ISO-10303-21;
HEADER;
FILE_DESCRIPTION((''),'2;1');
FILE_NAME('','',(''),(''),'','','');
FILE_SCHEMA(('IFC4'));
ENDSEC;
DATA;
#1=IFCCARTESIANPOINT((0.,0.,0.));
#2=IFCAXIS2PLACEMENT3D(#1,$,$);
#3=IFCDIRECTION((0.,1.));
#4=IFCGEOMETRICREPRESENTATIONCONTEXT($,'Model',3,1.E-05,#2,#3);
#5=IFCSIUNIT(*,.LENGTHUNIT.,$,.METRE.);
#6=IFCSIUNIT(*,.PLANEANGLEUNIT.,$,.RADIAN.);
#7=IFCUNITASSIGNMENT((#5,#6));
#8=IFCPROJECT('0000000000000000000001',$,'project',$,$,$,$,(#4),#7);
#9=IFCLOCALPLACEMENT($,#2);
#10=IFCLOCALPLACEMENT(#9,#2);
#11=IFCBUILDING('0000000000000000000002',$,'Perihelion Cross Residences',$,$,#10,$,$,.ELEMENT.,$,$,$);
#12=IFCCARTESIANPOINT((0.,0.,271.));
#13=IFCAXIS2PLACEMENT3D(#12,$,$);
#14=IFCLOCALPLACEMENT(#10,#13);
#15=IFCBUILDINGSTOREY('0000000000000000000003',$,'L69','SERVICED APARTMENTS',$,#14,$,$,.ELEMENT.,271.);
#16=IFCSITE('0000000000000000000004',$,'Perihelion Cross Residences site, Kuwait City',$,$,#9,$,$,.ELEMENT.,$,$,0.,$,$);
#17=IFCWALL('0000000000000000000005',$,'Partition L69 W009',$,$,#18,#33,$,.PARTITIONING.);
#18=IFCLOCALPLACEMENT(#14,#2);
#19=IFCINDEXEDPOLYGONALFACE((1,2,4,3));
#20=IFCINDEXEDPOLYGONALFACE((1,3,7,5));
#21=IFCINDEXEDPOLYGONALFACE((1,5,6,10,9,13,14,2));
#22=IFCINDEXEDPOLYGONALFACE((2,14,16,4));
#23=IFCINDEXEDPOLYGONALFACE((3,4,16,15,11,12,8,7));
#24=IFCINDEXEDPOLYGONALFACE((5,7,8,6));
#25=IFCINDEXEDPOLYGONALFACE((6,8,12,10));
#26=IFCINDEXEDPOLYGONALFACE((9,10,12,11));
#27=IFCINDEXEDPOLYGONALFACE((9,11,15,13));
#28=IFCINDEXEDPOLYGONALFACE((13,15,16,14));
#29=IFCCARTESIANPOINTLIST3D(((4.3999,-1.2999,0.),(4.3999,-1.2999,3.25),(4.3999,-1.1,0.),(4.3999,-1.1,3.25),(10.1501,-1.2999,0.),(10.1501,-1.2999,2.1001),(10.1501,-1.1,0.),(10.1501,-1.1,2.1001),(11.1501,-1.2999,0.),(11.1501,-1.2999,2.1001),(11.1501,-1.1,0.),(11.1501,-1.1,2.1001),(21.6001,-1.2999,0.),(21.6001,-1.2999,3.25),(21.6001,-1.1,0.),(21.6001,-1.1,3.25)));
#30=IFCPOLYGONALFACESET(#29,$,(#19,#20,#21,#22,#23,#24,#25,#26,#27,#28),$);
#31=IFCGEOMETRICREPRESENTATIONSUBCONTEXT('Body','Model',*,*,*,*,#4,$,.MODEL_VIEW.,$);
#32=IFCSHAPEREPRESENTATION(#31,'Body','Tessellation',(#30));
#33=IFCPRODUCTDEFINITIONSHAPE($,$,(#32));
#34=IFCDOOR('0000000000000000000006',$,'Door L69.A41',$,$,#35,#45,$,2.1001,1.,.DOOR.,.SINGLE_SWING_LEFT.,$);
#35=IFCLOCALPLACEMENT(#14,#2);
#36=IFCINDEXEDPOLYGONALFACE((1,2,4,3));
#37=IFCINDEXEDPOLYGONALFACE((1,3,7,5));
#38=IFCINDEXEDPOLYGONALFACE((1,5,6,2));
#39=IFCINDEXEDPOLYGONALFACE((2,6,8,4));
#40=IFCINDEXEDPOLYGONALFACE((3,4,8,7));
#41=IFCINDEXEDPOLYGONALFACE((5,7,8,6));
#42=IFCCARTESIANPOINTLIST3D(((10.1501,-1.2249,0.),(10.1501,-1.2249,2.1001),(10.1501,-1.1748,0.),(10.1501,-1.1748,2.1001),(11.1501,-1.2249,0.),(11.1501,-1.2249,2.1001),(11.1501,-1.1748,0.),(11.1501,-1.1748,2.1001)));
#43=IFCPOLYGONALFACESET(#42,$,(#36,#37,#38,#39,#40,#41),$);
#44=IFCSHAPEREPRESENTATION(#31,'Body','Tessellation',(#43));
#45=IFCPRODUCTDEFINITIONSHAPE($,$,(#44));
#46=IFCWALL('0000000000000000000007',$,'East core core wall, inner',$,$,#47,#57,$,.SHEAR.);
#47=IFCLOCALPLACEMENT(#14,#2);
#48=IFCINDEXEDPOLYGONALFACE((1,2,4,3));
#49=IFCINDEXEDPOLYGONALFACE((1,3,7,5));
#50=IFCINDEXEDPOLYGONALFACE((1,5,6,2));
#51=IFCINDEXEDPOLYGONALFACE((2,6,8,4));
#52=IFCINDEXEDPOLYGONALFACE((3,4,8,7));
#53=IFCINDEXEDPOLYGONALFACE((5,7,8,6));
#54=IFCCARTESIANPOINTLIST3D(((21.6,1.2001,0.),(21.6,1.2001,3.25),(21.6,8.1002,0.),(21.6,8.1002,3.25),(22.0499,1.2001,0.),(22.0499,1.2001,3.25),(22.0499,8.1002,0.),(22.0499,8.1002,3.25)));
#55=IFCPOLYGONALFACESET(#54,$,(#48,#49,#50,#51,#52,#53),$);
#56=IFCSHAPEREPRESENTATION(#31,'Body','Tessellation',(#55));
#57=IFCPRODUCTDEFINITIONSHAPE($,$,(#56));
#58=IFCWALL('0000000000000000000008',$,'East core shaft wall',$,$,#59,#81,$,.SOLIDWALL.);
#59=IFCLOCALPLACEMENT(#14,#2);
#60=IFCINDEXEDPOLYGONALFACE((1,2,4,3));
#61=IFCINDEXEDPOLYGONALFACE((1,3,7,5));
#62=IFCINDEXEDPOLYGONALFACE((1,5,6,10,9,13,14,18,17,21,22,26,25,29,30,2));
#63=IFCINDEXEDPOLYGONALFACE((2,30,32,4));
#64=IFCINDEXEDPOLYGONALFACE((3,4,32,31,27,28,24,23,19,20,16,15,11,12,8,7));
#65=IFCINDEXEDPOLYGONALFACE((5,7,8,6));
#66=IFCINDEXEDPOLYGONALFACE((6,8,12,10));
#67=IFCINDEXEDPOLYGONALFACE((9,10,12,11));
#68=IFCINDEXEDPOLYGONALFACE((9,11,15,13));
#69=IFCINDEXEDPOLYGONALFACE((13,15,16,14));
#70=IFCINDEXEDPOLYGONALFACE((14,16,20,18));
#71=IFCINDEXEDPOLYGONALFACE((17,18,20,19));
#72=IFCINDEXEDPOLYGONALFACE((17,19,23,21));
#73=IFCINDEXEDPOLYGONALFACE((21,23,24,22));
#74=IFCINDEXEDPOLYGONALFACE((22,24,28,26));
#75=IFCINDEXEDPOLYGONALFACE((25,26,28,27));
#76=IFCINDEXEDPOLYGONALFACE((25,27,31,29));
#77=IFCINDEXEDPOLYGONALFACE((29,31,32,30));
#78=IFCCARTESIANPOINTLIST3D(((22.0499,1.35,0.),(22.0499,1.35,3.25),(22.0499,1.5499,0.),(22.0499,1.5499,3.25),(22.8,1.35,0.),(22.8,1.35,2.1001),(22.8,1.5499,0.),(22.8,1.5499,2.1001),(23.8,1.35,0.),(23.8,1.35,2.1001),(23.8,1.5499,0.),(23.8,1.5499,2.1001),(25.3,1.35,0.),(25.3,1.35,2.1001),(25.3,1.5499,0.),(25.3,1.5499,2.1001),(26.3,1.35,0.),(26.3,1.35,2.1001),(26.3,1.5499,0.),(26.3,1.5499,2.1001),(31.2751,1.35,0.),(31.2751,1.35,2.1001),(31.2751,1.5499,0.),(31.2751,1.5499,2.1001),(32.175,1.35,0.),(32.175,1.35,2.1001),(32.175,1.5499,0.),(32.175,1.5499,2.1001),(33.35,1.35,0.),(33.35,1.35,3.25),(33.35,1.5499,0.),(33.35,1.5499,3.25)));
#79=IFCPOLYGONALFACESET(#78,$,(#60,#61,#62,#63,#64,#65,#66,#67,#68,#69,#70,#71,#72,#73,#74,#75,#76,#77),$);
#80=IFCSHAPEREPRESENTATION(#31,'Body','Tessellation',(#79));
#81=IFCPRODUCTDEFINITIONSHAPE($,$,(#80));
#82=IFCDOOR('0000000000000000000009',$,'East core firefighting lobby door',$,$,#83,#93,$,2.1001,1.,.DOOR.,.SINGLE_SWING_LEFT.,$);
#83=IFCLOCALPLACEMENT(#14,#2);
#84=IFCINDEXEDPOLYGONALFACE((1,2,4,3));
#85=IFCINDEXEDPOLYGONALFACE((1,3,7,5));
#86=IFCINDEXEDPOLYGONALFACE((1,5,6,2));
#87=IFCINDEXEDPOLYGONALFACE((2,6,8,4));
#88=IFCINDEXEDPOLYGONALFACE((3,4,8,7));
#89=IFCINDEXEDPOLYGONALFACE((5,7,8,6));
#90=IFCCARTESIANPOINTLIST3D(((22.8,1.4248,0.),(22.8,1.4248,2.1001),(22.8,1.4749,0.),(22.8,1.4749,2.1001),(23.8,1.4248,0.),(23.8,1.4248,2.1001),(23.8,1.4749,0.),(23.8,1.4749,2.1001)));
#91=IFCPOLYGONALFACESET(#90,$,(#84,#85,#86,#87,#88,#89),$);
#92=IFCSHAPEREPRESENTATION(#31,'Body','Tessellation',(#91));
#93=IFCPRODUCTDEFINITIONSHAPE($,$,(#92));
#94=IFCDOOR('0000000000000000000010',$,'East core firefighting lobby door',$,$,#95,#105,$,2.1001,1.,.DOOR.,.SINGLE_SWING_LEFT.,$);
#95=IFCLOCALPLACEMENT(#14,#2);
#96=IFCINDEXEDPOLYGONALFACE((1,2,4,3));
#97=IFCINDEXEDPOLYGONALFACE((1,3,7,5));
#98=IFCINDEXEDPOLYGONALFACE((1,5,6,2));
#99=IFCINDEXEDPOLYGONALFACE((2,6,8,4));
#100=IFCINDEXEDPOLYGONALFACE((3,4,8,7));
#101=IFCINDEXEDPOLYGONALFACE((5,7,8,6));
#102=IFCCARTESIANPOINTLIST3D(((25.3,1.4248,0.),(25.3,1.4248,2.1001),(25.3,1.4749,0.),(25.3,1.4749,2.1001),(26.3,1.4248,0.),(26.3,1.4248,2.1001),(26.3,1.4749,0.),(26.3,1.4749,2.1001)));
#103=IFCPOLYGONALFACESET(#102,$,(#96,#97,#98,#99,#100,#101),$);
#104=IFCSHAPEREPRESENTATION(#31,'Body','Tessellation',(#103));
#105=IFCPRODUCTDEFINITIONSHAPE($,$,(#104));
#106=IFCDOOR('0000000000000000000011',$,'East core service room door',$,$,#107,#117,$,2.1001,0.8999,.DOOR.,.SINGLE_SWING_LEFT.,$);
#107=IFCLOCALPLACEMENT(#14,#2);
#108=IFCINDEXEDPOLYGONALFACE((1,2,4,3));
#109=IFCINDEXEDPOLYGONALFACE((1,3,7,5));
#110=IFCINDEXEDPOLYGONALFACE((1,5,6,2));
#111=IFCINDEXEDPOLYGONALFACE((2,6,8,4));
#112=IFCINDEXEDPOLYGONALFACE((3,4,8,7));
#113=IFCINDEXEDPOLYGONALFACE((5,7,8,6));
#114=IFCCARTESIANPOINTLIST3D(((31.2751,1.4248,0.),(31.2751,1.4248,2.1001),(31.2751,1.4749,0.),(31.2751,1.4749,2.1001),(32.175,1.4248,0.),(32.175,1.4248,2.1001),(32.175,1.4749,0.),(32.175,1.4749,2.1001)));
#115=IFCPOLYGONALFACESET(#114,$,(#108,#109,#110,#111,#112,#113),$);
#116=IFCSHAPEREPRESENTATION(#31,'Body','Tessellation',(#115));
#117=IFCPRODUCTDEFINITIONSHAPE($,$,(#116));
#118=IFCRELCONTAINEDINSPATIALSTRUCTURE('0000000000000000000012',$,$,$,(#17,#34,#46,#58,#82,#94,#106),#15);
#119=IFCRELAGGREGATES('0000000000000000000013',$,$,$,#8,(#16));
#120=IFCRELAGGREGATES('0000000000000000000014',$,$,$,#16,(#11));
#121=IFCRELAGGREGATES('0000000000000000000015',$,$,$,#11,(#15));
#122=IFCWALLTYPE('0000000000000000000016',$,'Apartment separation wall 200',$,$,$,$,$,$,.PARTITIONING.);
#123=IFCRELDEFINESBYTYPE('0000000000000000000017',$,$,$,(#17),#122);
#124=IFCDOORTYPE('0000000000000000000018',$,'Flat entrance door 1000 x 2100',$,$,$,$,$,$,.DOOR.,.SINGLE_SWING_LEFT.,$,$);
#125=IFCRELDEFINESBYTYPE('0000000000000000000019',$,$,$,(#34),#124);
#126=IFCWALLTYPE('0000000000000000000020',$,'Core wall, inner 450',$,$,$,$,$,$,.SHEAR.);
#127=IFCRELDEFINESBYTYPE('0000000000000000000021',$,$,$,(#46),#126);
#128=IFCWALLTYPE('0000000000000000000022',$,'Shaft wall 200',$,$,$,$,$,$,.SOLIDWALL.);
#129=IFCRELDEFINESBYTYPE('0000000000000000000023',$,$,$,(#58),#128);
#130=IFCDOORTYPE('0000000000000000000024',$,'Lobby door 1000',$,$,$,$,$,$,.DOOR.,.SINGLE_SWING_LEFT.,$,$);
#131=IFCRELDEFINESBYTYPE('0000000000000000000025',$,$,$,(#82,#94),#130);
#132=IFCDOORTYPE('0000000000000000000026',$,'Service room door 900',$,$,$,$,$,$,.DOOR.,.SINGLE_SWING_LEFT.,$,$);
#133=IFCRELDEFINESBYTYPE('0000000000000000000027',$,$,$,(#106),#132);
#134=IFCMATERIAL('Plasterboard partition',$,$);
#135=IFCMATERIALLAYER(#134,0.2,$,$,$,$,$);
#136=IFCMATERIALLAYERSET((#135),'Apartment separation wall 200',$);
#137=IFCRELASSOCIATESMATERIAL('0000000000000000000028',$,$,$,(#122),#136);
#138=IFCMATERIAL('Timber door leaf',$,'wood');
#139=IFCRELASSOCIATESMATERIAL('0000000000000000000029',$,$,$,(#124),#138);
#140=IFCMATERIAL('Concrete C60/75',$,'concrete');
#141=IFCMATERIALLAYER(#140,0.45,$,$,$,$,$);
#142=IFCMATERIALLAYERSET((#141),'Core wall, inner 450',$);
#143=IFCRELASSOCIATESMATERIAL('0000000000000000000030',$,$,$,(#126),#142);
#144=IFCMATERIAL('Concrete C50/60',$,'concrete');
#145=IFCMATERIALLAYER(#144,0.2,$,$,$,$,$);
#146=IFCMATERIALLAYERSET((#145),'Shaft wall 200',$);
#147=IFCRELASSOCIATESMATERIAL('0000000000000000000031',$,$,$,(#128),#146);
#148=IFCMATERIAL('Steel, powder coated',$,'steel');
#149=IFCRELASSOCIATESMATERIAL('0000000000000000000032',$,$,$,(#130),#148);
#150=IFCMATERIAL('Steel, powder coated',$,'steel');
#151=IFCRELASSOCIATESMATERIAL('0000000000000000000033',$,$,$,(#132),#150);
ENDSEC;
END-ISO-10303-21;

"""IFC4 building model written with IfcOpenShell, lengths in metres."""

from ifc_helpers import new_model, si_unit, direction, frame, frame_2d, origin, place, context, subcontext, project, spatial, rectangle, extrude, material, layer, layer_set, type_object, element, fill, save


model = new_model("IFC4")

# Units and contexts
model_context = context("Model", 3, precision=1e-05, world=origin(), true_north=direction((0.0, 1.0)))
body_context = subcontext(model_context, "Body", "Model", "MODEL_VIEW")
ifc_project = project(units=[si_unit("LENGTHUNIT", "METRE"), si_unit("PLANEANGLEUNIT", "RADIAN")], contexts=[model_context])

# Site, building, storey
site_placement = place(None, origin())
site = spatial("IfcSite", under=ifc_project, at=site_placement, Name="Perihelion Cross Residences site, Kuwait City", CompositionType="ELEMENT", RefElevation=0.0)
building_placement = place(site_placement, origin())
building = spatial("IfcBuilding", under=site, at=building_placement, Name="Perihelion Cross Residences", CompositionType="ELEMENT")
storey_placement = place(building_placement, frame((0.0, 0.0, 271.0)))
storey = spatial("IfcBuildingStorey", under=building, at=storey_placement, Name="L69", Description="SERVICED APARTMENTS", CompositionType="ELEMENT", Elevation=271.0)

# Wall, opening, door
ifc_material_1 = material(Name="Plasterboard partition")
ifc_layer_1 = layer(ifc_material_1, 0.2)
ifc_layer_set_1 = layer_set([ifc_layer_1], Name="Apartment separation wall 200")
wall_type_1 = type_object("IfcWallType", Name="Apartment separation wall 200", PredefinedType="PARTITIONING", material=ifc_layer_set_1)
wall_1_placement = place(storey_placement, frame((21.6001, -1.2, 0.0), z_axis=(0.0, 0.0, 1.0), x_axis=(-1.0, 0.0, 0.0)))
wall_1 = element("IfcWall", 1, at=wall_1_placement, inside=storey, type_object=wall_type_1, Name="Partition L69 W009", PredefinedType="PARTITIONING", context=body_context, shape_type="SweptSolid", body=[
    extrude(rectangle(XDim=17.2002, YDim=0.2, at=frame_2d((8.6001, 0.0))), origin(), (0.0, 0.0, 1.0), 3.25),
])
opening_1_placement = place(wall_1_placement, frame((10.45, 0.0, 0.0)))
opening_1 = element("IfcOpeningElement", 2, at=opening_1_placement, cuts=wall_1, PredefinedType="OPENING", context=body_context, shape_type="SweptSolid", body=[
    extrude(rectangle(XDim=1.0, YDim=2.1001, at=frame_2d((0.5, 1.05))), frame((0.0, 0.1099, 0.0), z_axis=(0.0, -1.0, 0.0), x_axis=(1.0, 0.0, 0.0)), (0.0, 0.0, 1.0), 0.22),
])
ifc_material_2 = material(Name="Timber door leaf", Category="wood")
door_type_1 = type_object("IfcDoorType", Name="Flat entrance door 1000 x 2100", OperationType="SINGLE_SWING_LEFT", PredefinedType="DOOR", material=ifc_material_2)
door_1_placement = place(opening_1_placement, origin())
door_1 = element("IfcDoor", 3, at=door_1_placement, inside=storey, type_object=door_type_1, Name="Door L69.A41", OperationType="SINGLE_SWING_LEFT", OverallHeight=2.1001, OverallWidth=1.0, PredefinedType="DOOR", context=body_context, shape_type="SweptSolid", body=[
    extrude(rectangle(XDim=1.0, YDim=2.1001, at=frame_2d((0.5, 1.05))), frame((0.0, 0.0249, 0.0), z_axis=(0.0, -1.0, 0.0), x_axis=(1.0, 0.0, 0.0)), (0.0, 0.0, 1.0), 0.05),
])
fill(opening_1, door_1)

# Wall
ifc_material_3 = material(Name="Concrete C60/75", Category="concrete")
ifc_layer_2 = layer(ifc_material_3, 0.45)
ifc_layer_set_2 = layer_set([ifc_layer_2], Name="Core wall, inner 450")
wall_type_2 = type_object("IfcWallType", Name="Core wall, inner 450", PredefinedType="SHEAR", material=ifc_layer_set_2)
wall_2_placement = place(storey_placement, frame((21.825, 1.2, 0.0), z_axis=(0.0, 0.0, 1.0), x_axis=(0.0, 1.0, 0.0)))
element("IfcWall", 4, at=wall_2_placement, inside=storey, type_object=wall_type_2, Name="East core core wall, inner", PredefinedType="SHEAR", context=body_context, shape_type="SweptSolid", body=[
    extrude(rectangle(XDim=6.9001, YDim=0.45, at=frame_2d((3.4502, 0.0))), origin(), (0.0, 0.0, 1.0), 3.25),
])

# Wall, openings, doors
ifc_material_4 = material(Name="Concrete C50/60", Category="concrete")
ifc_layer_3 = layer(ifc_material_4, 0.2)
ifc_layer_set_3 = layer_set([ifc_layer_3], Name="Shaft wall 200")
wall_type_3 = type_object("IfcWallType", Name="Shaft wall 200", PredefinedType="SOLIDWALL", material=ifc_layer_set_3)
wall_3_placement = place(storey_placement, frame((22.05, 1.45, 0.0), z_axis=(0.0, 0.0, 1.0), x_axis=(1.0, 0.0, 0.0)))
wall_3 = element("IfcWall", 5, at=wall_3_placement, inside=storey, type_object=wall_type_3, Name="East core shaft wall", PredefinedType="SOLIDWALL", context=body_context, shape_type="SweptSolid", body=[
    extrude(rectangle(XDim=11.3, YDim=0.2, at=frame_2d((5.6499, 0.0))), origin(), (0.0, 0.0, 1.0), 3.25),
])
opening_2_placement = place(wall_3_placement, frame((0.75, 0.0, 0.0)))
opening_2 = element("IfcOpeningElement", 6, at=opening_2_placement, cuts=wall_3, PredefinedType="OPENING", context=body_context, shape_type="SweptSolid", body=[
    extrude(rectangle(XDim=1.0, YDim=2.1001, at=frame_2d((0.5, 1.05))), frame((0.0, 0.1099, 0.0), z_axis=(0.0, -1.0, 0.0), x_axis=(1.0, 0.0, 0.0)), (0.0, 0.0, 1.0), 0.22),
])
opening_3_placement = place(wall_3_placement, frame((3.25, 0.0, 0.0)))
opening_3 = element("IfcOpeningElement", 7, at=opening_3_placement, cuts=wall_3, PredefinedType="OPENING", context=body_context, shape_type="SweptSolid", body=[
    extrude(rectangle(XDim=1.0, YDim=2.1001, at=frame_2d((0.5, 1.05))), frame((0.0, 0.1099, 0.0), z_axis=(0.0, -1.0, 0.0), x_axis=(1.0, 0.0, 0.0)), (0.0, 0.0, 1.0), 0.22),
])
opening_4_placement = place(wall_3_placement, frame((9.2251, 0.0, 0.0)))
opening_4 = element("IfcOpeningElement", 8, at=opening_4_placement, cuts=wall_3, PredefinedType="OPENING", context=body_context, shape_type="SweptSolid", body=[
    extrude(rectangle(XDim=0.8999, YDim=2.1001, at=frame_2d((0.45, 1.05))), frame((0.0, 0.1099, 0.0), z_axis=(0.0, -1.0, 0.0), x_axis=(1.0, 0.0, 0.0)), (0.0, 0.0, 1.0), 0.22),
])
ifc_material_5 = material(Name="Steel, powder coated", Category="steel")
door_type_2 = type_object("IfcDoorType", Name="Lobby door 1000", OperationType="SINGLE_SWING_LEFT", PredefinedType="DOOR", material=ifc_material_5)
door_2_placement = place(opening_2_placement, origin())
door_2 = element("IfcDoor", 9, at=door_2_placement, inside=storey, type_object=door_type_2, Name="East core firefighting lobby door", OperationType="SINGLE_SWING_LEFT", OverallHeight=2.1001, OverallWidth=1.0, PredefinedType="DOOR", context=body_context, shape_type="SweptSolid", body=[
    extrude(rectangle(XDim=1.0, YDim=2.1001, at=frame_2d((0.5, 1.05))), frame((0.0, 0.0249, 0.0), z_axis=(0.0, -1.0, 0.0), x_axis=(1.0, 0.0, 0.0)), (0.0, 0.0, 1.0), 0.05),
])
fill(opening_2, door_2)
door_3_placement = place(opening_3_placement, origin())
door_3 = element("IfcDoor", 10, at=door_3_placement, inside=storey, type_object=door_type_2, Name="East core firefighting lobby door", OperationType="SINGLE_SWING_LEFT", OverallHeight=2.1001, OverallWidth=1.0, PredefinedType="DOOR", context=body_context, shape_type="SweptSolid", body=[
    extrude(rectangle(XDim=1.0, YDim=2.1001, at=frame_2d((0.5, 1.05))), frame((0.0, 0.0249, 0.0), z_axis=(0.0, -1.0, 0.0), x_axis=(1.0, 0.0, 0.0)), (0.0, 0.0, 1.0), 0.05),
])
fill(opening_3, door_3)
ifc_material_6 = material(Name="Steel, powder coated", Category="steel")
door_type_3 = type_object("IfcDoorType", Name="Service room door 900", OperationType="SINGLE_SWING_LEFT", PredefinedType="DOOR", material=ifc_material_6)
door_4_placement = place(opening_4_placement, origin())
door_4 = element("IfcDoor", 11, at=door_4_placement, inside=storey, type_object=door_type_3, Name="East core service room door", OperationType="SINGLE_SWING_LEFT", OverallHeight=2.1001, OverallWidth=0.8999, PredefinedType="DOOR", context=body_context, shape_type="SweptSolid", body=[
    extrude(rectangle(XDim=0.8999, YDim=2.1001, at=frame_2d((0.45, 1.05))), frame((0.0, 0.0249, 0.0), z_axis=(0.0, -1.0, 0.0), x_axis=(1.0, 0.0, 0.0)), (0.0, 0.0, 1.0), 0.05),
])
fill(opening_4, door_4)

save(model, "model.ifc")
